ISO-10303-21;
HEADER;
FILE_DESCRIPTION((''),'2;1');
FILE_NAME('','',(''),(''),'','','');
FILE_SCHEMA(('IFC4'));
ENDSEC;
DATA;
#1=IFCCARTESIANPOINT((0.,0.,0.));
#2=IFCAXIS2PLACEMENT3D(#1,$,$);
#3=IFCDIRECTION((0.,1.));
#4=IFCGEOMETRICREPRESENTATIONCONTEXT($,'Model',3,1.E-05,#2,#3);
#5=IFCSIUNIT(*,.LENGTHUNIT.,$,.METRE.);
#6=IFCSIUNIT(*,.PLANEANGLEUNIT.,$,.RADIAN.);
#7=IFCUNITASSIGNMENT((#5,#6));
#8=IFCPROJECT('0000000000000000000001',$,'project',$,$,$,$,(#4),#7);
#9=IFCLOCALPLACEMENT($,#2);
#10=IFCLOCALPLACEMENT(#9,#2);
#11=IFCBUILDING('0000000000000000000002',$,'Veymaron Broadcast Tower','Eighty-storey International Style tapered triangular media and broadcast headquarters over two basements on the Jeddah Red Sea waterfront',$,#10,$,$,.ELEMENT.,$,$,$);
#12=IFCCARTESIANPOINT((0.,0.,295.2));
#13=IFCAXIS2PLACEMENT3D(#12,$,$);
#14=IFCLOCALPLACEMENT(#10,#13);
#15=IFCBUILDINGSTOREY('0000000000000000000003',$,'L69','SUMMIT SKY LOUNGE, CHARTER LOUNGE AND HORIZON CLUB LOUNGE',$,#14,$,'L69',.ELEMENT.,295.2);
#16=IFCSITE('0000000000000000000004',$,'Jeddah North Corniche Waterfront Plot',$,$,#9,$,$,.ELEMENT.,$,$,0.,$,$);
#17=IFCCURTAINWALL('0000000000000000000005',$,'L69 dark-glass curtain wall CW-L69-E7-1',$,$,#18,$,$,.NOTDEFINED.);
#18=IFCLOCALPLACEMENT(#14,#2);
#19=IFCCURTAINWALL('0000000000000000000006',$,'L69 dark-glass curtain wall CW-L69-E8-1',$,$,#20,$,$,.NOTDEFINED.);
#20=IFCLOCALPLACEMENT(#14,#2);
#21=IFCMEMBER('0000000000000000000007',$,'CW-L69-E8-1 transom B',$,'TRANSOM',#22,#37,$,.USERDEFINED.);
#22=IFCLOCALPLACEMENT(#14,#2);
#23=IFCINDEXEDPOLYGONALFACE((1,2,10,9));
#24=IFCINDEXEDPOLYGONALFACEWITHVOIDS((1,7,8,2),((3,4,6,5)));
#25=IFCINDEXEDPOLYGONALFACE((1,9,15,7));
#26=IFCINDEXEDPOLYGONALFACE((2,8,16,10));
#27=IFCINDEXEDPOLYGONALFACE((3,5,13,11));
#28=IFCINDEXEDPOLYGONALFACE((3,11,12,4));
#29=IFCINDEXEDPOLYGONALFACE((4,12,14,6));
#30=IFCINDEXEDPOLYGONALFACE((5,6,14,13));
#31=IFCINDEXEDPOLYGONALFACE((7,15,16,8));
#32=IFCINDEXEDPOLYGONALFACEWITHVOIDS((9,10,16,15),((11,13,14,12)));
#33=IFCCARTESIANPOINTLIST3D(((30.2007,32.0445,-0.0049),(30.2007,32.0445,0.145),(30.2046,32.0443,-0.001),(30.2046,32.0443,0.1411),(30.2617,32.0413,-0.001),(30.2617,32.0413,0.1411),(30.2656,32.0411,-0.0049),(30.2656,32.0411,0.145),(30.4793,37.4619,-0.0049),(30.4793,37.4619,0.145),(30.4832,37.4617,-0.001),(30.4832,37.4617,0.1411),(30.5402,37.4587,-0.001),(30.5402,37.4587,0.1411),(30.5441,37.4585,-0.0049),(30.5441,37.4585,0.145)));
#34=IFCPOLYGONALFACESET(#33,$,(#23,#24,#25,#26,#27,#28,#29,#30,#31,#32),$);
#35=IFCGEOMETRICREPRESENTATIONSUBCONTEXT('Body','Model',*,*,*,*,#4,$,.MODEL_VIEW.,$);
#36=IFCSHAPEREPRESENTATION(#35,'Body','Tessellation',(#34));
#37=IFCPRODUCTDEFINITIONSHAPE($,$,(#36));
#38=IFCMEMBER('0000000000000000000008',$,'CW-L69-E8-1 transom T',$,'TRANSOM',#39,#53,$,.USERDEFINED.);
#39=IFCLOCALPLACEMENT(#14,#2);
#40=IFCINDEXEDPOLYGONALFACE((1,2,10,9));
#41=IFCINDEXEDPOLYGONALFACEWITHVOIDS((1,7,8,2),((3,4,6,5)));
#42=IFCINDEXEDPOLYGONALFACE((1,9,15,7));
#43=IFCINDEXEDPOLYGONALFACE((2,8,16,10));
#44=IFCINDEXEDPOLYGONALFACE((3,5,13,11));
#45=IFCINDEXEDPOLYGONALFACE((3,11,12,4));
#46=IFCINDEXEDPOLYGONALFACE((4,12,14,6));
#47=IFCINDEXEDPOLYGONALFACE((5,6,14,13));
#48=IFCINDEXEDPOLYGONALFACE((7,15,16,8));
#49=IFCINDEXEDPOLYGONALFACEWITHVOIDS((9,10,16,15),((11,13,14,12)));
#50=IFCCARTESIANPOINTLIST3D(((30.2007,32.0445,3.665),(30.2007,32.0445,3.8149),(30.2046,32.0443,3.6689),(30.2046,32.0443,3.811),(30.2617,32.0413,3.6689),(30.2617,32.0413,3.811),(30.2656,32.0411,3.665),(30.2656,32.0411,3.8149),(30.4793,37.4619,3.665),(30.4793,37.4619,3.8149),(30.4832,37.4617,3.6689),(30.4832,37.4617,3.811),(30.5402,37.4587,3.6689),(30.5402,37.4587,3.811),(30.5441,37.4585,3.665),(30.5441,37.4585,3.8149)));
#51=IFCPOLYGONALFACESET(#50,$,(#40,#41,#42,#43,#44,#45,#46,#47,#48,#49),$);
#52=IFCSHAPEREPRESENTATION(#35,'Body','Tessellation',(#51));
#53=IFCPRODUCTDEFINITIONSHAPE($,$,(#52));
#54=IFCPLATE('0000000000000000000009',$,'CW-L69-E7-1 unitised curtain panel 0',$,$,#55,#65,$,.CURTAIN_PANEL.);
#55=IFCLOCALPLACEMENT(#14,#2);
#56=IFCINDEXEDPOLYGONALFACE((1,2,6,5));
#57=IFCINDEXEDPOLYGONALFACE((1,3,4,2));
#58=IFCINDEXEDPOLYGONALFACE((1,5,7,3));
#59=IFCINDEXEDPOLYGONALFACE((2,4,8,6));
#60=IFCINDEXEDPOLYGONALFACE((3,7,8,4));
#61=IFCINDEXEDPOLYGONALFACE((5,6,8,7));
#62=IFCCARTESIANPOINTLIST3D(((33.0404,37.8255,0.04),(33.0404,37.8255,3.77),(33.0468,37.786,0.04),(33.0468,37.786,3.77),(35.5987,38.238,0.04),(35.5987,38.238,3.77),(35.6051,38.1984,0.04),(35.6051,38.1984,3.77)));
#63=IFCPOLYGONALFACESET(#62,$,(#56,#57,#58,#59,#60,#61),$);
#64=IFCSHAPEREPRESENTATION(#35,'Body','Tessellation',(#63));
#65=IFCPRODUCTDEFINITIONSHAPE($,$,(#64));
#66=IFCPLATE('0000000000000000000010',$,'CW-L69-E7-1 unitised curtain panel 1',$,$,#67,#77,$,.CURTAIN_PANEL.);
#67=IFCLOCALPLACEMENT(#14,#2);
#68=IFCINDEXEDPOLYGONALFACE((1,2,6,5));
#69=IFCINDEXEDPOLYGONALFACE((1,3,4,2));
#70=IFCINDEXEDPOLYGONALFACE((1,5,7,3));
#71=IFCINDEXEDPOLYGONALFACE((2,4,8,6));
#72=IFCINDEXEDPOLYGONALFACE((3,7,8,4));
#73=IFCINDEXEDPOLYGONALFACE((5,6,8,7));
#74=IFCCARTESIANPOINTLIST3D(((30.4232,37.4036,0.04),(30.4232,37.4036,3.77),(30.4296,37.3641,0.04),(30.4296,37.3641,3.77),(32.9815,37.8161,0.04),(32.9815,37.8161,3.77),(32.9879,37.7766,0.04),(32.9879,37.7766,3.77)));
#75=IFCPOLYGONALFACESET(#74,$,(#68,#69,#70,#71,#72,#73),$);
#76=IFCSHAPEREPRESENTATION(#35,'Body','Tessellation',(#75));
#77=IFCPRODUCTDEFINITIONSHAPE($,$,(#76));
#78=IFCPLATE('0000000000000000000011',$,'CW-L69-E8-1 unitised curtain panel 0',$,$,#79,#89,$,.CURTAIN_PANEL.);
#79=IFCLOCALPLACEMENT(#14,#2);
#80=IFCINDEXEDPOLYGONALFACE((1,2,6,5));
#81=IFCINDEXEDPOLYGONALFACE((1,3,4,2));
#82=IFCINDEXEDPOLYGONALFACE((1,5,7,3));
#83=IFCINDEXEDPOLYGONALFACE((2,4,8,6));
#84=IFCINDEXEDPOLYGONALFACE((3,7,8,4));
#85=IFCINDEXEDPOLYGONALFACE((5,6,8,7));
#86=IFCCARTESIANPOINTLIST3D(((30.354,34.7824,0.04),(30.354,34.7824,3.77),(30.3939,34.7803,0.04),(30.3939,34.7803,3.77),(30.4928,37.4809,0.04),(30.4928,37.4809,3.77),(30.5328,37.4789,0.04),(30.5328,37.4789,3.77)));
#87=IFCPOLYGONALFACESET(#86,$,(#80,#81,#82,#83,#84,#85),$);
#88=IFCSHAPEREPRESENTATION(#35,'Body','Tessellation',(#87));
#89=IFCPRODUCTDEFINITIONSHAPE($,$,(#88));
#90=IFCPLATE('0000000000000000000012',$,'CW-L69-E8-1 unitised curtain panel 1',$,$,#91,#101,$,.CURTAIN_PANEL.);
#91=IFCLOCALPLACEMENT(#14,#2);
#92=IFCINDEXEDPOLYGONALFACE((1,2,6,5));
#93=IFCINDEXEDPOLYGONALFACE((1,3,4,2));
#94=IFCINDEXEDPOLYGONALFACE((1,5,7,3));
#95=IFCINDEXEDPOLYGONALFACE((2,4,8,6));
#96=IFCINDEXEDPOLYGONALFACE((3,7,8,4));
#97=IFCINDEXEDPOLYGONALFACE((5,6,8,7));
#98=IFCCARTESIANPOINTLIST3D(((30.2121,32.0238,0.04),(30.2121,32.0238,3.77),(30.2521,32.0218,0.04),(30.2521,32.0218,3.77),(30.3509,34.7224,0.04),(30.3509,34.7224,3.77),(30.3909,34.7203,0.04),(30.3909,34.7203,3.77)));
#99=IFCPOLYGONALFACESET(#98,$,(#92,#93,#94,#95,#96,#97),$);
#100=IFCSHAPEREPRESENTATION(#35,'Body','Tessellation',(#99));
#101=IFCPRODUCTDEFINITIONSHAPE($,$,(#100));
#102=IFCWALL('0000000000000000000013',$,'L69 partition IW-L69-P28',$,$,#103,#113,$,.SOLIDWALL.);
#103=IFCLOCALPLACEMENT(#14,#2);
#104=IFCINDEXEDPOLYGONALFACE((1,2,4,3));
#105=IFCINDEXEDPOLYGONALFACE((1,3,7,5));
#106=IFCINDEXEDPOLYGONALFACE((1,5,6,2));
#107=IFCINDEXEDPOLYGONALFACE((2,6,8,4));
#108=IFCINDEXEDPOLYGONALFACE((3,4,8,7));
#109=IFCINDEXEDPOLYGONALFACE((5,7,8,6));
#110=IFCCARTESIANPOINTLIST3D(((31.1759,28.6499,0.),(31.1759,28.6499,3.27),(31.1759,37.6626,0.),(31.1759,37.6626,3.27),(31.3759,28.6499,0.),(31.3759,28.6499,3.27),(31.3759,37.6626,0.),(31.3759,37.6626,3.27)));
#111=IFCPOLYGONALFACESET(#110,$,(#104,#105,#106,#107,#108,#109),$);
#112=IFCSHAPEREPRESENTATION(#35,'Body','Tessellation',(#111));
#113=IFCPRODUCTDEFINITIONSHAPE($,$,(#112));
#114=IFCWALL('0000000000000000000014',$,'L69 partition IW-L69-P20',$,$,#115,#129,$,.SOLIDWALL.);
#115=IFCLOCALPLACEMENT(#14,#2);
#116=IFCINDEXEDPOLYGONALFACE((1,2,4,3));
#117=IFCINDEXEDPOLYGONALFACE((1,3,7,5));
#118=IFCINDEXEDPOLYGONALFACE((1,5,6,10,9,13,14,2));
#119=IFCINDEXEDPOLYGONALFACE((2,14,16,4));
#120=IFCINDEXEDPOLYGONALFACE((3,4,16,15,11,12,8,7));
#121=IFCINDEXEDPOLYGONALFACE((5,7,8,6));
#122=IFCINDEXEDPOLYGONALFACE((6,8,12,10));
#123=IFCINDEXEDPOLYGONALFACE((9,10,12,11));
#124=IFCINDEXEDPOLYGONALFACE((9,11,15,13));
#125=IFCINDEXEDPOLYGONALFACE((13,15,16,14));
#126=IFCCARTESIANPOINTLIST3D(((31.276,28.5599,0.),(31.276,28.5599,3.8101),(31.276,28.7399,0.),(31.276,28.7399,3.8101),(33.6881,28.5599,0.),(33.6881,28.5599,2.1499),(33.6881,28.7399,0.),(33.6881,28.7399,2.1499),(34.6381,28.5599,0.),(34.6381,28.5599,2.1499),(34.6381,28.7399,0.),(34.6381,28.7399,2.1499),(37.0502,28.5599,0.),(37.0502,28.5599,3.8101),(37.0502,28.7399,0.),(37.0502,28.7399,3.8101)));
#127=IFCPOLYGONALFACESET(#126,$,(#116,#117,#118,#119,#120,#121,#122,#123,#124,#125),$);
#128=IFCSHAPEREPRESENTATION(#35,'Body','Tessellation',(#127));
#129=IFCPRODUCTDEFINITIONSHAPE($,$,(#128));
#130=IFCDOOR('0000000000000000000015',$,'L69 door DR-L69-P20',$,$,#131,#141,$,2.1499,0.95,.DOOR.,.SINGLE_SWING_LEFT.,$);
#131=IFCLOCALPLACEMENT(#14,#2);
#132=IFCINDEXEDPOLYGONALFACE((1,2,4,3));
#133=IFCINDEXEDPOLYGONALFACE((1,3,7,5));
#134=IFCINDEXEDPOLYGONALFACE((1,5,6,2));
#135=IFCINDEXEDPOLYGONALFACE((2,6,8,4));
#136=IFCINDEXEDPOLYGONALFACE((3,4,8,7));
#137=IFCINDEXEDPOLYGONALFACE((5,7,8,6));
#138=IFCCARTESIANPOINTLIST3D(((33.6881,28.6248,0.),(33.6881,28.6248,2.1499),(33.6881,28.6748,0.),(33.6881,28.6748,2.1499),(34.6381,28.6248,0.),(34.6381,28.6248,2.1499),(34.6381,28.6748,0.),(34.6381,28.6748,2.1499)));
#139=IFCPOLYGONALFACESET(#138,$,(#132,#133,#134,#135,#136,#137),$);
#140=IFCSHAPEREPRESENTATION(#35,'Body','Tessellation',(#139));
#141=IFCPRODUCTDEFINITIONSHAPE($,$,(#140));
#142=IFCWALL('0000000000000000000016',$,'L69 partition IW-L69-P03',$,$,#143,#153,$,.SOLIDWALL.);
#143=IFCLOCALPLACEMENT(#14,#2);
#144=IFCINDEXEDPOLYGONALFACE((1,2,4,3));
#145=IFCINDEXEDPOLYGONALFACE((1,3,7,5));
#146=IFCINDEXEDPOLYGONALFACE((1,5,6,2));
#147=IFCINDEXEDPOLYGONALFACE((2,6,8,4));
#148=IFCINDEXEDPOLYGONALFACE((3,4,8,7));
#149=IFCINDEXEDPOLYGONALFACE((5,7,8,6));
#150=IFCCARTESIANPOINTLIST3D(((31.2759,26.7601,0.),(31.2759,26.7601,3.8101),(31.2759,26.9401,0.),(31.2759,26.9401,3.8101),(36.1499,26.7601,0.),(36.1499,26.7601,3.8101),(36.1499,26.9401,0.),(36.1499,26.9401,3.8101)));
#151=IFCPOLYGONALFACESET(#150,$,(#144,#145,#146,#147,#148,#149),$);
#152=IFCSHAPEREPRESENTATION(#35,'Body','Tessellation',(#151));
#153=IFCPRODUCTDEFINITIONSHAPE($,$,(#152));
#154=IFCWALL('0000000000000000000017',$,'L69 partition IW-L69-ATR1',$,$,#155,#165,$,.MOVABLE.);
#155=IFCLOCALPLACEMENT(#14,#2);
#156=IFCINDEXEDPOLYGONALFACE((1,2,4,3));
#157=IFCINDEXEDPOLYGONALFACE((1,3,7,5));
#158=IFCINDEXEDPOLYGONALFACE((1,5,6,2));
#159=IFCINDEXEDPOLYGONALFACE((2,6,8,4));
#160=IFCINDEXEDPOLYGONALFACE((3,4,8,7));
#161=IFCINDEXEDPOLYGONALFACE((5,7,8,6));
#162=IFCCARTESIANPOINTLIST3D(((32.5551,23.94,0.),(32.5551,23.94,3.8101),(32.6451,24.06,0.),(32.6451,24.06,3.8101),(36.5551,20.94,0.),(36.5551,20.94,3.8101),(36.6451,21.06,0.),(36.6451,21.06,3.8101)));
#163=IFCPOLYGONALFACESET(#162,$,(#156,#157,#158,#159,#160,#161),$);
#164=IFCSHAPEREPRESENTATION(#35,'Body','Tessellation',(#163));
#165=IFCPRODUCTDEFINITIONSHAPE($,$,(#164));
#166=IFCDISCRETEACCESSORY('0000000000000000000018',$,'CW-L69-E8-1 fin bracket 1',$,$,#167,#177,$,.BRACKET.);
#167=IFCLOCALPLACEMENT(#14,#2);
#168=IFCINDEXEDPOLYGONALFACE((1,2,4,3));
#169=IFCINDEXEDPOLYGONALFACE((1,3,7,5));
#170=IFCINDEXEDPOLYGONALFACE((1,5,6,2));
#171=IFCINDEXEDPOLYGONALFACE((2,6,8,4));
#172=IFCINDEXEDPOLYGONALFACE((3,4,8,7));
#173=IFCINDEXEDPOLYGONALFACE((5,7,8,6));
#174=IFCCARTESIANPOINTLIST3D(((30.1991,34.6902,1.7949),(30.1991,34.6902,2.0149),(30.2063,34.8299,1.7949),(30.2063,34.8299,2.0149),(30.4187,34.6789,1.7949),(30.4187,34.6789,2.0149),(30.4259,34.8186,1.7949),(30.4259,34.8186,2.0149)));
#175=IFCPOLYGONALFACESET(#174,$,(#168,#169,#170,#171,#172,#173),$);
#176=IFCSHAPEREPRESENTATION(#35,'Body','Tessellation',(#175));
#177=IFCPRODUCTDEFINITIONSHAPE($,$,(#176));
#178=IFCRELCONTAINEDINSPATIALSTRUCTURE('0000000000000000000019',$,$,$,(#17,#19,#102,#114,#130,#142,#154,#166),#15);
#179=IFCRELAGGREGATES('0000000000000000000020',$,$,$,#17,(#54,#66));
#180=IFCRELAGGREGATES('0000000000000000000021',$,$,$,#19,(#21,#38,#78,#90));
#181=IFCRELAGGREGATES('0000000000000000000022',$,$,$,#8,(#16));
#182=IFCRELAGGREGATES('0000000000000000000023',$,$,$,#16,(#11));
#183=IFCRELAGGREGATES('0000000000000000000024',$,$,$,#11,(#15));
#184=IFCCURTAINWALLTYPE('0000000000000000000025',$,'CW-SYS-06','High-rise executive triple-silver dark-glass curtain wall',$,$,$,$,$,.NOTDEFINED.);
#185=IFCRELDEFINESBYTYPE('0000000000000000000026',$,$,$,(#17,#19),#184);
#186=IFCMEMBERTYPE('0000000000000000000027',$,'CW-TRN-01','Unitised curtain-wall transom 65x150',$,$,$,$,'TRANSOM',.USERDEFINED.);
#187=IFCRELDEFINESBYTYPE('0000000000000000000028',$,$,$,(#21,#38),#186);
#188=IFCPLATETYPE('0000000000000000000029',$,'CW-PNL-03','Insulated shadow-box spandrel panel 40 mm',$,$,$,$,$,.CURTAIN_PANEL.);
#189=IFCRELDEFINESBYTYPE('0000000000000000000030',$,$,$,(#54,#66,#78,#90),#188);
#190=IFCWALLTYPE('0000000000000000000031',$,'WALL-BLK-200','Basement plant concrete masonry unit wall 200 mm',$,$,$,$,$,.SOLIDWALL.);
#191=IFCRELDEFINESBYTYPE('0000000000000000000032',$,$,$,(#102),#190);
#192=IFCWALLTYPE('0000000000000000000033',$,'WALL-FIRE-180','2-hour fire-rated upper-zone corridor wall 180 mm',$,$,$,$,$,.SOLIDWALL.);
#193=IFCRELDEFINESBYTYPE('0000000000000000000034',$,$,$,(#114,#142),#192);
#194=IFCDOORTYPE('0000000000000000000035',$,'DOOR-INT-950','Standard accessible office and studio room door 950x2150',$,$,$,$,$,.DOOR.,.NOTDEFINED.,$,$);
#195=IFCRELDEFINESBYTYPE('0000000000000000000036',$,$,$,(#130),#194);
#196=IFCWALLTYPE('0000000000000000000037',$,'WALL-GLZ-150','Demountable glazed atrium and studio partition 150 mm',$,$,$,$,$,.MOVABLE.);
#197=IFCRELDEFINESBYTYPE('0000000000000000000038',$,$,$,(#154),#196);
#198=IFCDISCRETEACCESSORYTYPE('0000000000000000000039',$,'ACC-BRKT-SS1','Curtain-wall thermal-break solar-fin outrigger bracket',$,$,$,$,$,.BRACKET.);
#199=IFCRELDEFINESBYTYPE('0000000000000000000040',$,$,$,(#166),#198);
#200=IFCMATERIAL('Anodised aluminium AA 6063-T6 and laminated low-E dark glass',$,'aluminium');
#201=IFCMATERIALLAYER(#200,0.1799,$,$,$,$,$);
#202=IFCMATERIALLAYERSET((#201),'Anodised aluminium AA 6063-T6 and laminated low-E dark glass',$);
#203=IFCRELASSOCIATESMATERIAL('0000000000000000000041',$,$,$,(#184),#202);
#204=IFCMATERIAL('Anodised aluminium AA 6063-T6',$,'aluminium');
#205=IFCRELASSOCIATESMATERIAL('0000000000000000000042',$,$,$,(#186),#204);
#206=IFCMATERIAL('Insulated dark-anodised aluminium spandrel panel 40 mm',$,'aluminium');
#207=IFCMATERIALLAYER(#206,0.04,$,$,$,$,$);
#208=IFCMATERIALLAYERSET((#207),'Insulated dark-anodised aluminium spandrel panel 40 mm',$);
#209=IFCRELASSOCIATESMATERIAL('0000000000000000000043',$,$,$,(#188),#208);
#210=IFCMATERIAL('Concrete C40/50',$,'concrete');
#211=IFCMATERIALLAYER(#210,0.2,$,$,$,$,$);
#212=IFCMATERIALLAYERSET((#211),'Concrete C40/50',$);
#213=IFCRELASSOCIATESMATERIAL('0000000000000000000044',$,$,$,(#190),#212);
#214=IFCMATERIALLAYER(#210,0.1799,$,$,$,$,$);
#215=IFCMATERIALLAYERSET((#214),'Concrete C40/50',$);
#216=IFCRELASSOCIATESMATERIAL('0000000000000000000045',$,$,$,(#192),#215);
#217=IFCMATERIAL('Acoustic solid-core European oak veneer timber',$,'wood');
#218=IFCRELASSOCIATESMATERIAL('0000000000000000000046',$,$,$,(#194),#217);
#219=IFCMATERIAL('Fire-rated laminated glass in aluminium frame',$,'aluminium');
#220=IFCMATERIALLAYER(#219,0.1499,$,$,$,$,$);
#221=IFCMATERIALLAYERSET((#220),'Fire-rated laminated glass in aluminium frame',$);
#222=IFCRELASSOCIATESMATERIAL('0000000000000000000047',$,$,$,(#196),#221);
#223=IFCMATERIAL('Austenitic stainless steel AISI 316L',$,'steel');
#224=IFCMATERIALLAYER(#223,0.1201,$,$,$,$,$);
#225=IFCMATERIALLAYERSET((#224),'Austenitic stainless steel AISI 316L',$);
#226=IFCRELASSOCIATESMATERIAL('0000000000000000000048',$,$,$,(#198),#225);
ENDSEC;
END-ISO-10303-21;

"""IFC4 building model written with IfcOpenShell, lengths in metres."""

from ifc_helpers import new_model, si_unit, direction, frame, frame_2d, origin, origin_2d, place, context, subcontext, project, spatial, rectangle, hollow_rectangle, extrude, material, layer, layer_set, material_profile, profile_set, type_object, element, fill, aggregate, save


model = new_model("IFC4")

# Units and contexts
model_context = context("Model", 3, precision=1e-05, world=origin(), true_north=direction((0.0, 1.0)))
body_context = subcontext(model_context, "Body", "Model", "MODEL_VIEW")
ifc_project = project(units=[si_unit("LENGTHUNIT", "METRE"), si_unit("PLANEANGLEUNIT", "RADIAN")], contexts=[model_context])

# Site, building, storey
site_placement = place(None, origin())
site = spatial("IfcSite", under=ifc_project, at=site_placement, Name="Jeddah North Corniche Waterfront Plot", CompositionType="ELEMENT", RefElevation=0.0)
building_placement = place(site_placement, origin())
building = spatial("IfcBuilding", under=site, at=building_placement, Name="Veymaron Broadcast Tower", Description="Eighty-storey International Style tapered triangular media and broadcast headquarters over two basements on the Jeddah Red Sea waterfront", CompositionType="ELEMENT")
storey_placement = place(building_placement, frame((0.0, 0.0, 295.2)))
storey = spatial("IfcBuildingStorey", under=building, at=storey_placement, Name="L69", Description="SUMMIT SKY LOUNGE, CHARTER LOUNGE AND HORIZON CLUB LOUNGE", LongName="L69", CompositionType="ELEMENT", Elevation=295.2)

# Shared definitions
ifc_material_1 = material(Name="Anodised aluminium AA 6063-T6 and laminated low-E dark glass", Category="aluminium")
ifc_layer_1 = layer(ifc_material_1, 0.1799)
ifc_layer_set_1 = layer_set([ifc_layer_1], Name="Anodised aluminium AA 6063-T6 and laminated low-E dark glass")
curtain_wall_type = type_object("IfcCurtainWallType", Name="CW-SYS-06", Description="High-rise executive triple-silver dark-glass curtain wall", PredefinedType="NOTDEFINED", material=ifc_layer_set_1)
ifc_material_2 = material(Name="Anodised aluminium AA 6063-T6", Category="aluminium")

# Curtain walls
curtain_wall_1_placement = place(storey_placement, origin())
curtain_wall_1 = element("IfcCurtainWall", 1, at=curtain_wall_1_placement, inside=storey, type_object=curtain_wall_type, Name="L69 dark-glass curtain wall CW-L69-E7-1", PredefinedType="NOTDEFINED")
curtain_wall_2_placement = place(storey_placement, origin())
curtain_wall_2 = element("IfcCurtainWall", 2, at=curtain_wall_2_placement, inside=storey, type_object=curtain_wall_type, Name="L69 dark-glass curtain wall CW-L69-E8-1", PredefinedType="NOTDEFINED")

# Members
ifc_material_profile_1 = material_profile(ifc_material_2, hollow_rectangle(XDim=0.0649, YDim=0.1499, WallThickness=0.0039, at=origin_2d()), Name="AL150X65X4")
ifc_profile_set_1 = profile_set([ifc_material_profile_1], Name="Anodised aluminium AA 6063-T6")
member_type_1 = type_object("IfcMemberType", Name="CW-TRN-01", Description="Unitised curtain-wall transom 65x150", ElementType="TRANSOM", PredefinedType="USERDEFINED", material=ifc_profile_set_1)
member_1_placement = place(storey_placement, frame((30.5117, 37.4602, 0.0701), z_axis=(-0.051352, -0.998681, 0.0), x_axis=(0.998681, -0.051352, 0.0)))
member_1 = element("IfcMember", 3, at=member_1_placement, type_object=member_type_1, Name="CW-L69-E8-1 transom B", ObjectType="TRANSOM", PredefinedType="USERDEFINED", context=body_context, shape_type="SweptSolid", body=[
    extrude(hollow_rectangle(XDim=0.0649, YDim=0.1499, WallThickness=0.0039, at=origin_2d()), origin(), (0.0, 0.0, 1.0), 5.4246),
])
member_2_placement = place(storey_placement, frame((30.5117, 37.4602, 3.74), z_axis=(-0.051352, -0.998681, 0.0), x_axis=(0.998681, -0.051352, 0.0)))
member_2 = element("IfcMember", 4, at=member_2_placement, type_object=member_type_1, Name="CW-L69-E8-1 transom T", ObjectType="TRANSOM", PredefinedType="USERDEFINED", context=body_context, shape_type="SweptSolid", body=[
    extrude(hollow_rectangle(XDim=0.0649, YDim=0.1499, WallThickness=0.0039, at=origin_2d()), origin(), (0.0, 0.0, 1.0), 5.4246),
])

# Plates
ifc_material_3 = material(Name="Insulated dark-anodised aluminium spandrel panel 40 mm", Category="aluminium")
ifc_layer_2 = layer(ifc_material_3, 0.04)
ifc_layer_set_2 = layer_set([ifc_layer_2], Name="Insulated dark-anodised aluminium spandrel panel 40 mm")
plate_type = type_object("IfcPlateType", Name="CW-PNL-03", Description="Insulated shadow-box spandrel panel 40 mm", PredefinedType="CURTAIN_PANEL", material=ifc_layer_set_2)
plate_1_placement = place(storey_placement, frame((34.3228, 38.012, 0.04), z_axis=(0.0, 0.0, 1.0), x_axis=(-0.98725, -0.159175, 0.0)))
plate_1 = element("IfcPlate", 5, at=plate_1_placement, type_object=plate_type, Name="CW-L69-E7-1 unitised curtain panel 0", PredefinedType="CURTAIN_PANEL", context=body_context, shape_type="SweptSolid", body=[
    extrude(rectangle(XDim=2.5913, YDim=0.04, at=origin_2d()), origin(), (0.0, 0.0, 1.0), 3.73),
])
plate_2_placement = place(storey_placement, frame((31.7056, 37.5901, 0.04), z_axis=(0.0, 0.0, 1.0), x_axis=(-0.98725, -0.159175, 0.0)))
plate_2 = element("IfcPlate", 6, at=plate_2_placement, type_object=plate_type, Name="CW-L69-E7-1 unitised curtain panel 1", PredefinedType="CURTAIN_PANEL", context=body_context, shape_type="SweptSolid", body=[
    extrude(rectangle(XDim=2.5913, YDim=0.04, at=origin_2d()), origin(), (0.0, 0.0, 1.0), 3.73),
])
aggregate(curtain_wall_1, [plate_1, plate_2])
plate_3_placement = place(storey_placement, frame((30.4434, 36.1306, 0.04), z_axis=(0.0, 0.0, 1.0), x_axis=(-0.051377, -0.998679, 0.0)))
plate_3 = element("IfcPlate", 7, at=plate_3_placement, type_object=plate_type, Name="CW-L69-E8-1 unitised curtain panel 0", PredefinedType="CURTAIN_PANEL", context=body_context, shape_type="SweptSolid", body=[
    extrude(rectangle(XDim=2.7021, YDim=0.04, at=origin_2d()), origin(), (0.0, 0.0, 1.0), 3.73),
])
plate_4_placement = place(storey_placement, frame((30.3015, 33.3721, 0.04), z_axis=(0.0, 0.0, 1.0), x_axis=(-0.051377, -0.998679, 0.0)))
plate_4 = element("IfcPlate", 8, at=plate_4_placement, type_object=plate_type, Name="CW-L69-E8-1 unitised curtain panel 1", PredefinedType="CURTAIN_PANEL", context=body_context, shape_type="SweptSolid", body=[
    extrude(rectangle(XDim=2.7021, YDim=0.04, at=origin_2d()), origin(), (0.0, 0.0, 1.0), 3.73),
])
aggregate(curtain_wall_2, [member_1, member_2, plate_3, plate_4])

# Wall
ifc_material_4 = material(Name="Concrete C40/50", Category="concrete")
ifc_layer_3 = layer(ifc_material_4, 0.2)
ifc_layer_set_3 = layer_set([ifc_layer_3], Name="Concrete C40/50")
wall_type_1 = type_object("IfcWallType", Name="WALL-BLK-200", Description="Basement plant concrete masonry unit wall 200 mm", PredefinedType="SOLIDWALL", material=ifc_layer_set_3)
wall_1_placement = place(storey_placement, frame((31.2759, 28.6499, 0.0), z_axis=(0.0, 0.0, 1.0), x_axis=(0.0, 1.0, 0.0)))
element("IfcWall", 9, at=wall_1_placement, inside=storey, type_object=wall_type_1, Name="L69 partition IW-L69-P28", PredefinedType="SOLIDWALL", context=body_context, shape_type="SweptSolid", body=[
    extrude(rectangle(XDim=9.0127, YDim=0.2, at=frame_2d((4.5063, 0.0))), origin(), (0.0, 0.0, 1.0), 3.27),
])

# Wall, opening, door
ifc_layer_4 = layer(ifc_material_4, 0.1799)
ifc_layer_set_4 = layer_set([ifc_layer_4], Name="Concrete C40/50")
wall_type_2 = type_object("IfcWallType", Name="WALL-FIRE-180", Description="2-hour fire-rated upper-zone corridor wall 180 mm", PredefinedType="SOLIDWALL", material=ifc_layer_set_4)
wall_2_placement = place(storey_placement, frame((31.2759, 28.6499, 0.0), z_axis=(0.0, 0.0, 1.0), x_axis=(1.0, 0.0, 0.0)))
wall_2 = element("IfcWall", 10, at=wall_2_placement, inside=storey, type_object=wall_type_2, Name="L69 partition IW-L69-P20", PredefinedType="SOLIDWALL", context=body_context, shape_type="SweptSolid", body=[
    extrude(rectangle(XDim=5.7742, YDim=0.1799, at=frame_2d((2.8872, 0.0))), origin(), (0.0, 0.0, 1.0), 3.8101),
])
opening_placement = place(wall_2_placement, frame((2.4121, 0.0, 0.0)))
opening = element("IfcOpeningElement", 11, at=opening_placement, cuts=wall_2, PredefinedType="OPENING", context=body_context, shape_type="SweptSolid", body=[
    extrude(rectangle(XDim=0.95, YDim=2.1499, at=frame_2d((0.4751, 1.075))), frame((0.0, 0.1001, 0.0), z_axis=(0.0, -1.0, 0.0), x_axis=(1.0, 0.0, 0.0)), (0.0, 0.0, 1.0), 0.2),
])
ifc_material_5 = material(Name="Acoustic solid-core European oak veneer timber", Category="wood")
door_type = type_object("IfcDoorType", Name="DOOR-INT-950", Description="Standard accessible office and studio room door 950x2150", OperationType="NOTDEFINED", PredefinedType="DOOR", material=ifc_material_5)
door_placement = place(opening_placement, origin())
door = element("IfcDoor", 12, at=door_placement, inside=storey, type_object=door_type, Name="L69 door DR-L69-P20", OperationType="SINGLE_SWING_LEFT", OverallHeight=2.1499, OverallWidth=0.95, PredefinedType="DOOR", context=body_context, shape_type="SweptSolid", body=[
    extrude(rectangle(XDim=0.95, YDim=2.1499, at=frame_2d((0.4751, 1.075))), frame((0.0, 0.0249, 0.0), z_axis=(0.0, -1.0, 0.0), x_axis=(1.0, 0.0, 0.0)), (0.0, 0.0, 1.0), 0.05),
])
fill(opening, door)

# Walls
wall_3_placement = place(storey_placement, frame((31.2759, 26.8501, 0.0), z_axis=(0.0, 0.0, 1.0), x_axis=(1.0, 0.0, 0.0)))
element("IfcWall", 13, at=wall_3_placement, inside=storey, type_object=wall_type_2, Name="L69 partition IW-L69-P03", PredefinedType="SOLIDWALL", context=body_context, shape_type="SweptSolid", body=[
    extrude(rectangle(XDim=4.874, YDim=0.1799, at=frame_2d((2.437, 0.0))), origin(), (0.0, 0.0, 1.0), 3.8101),
])
ifc_material_6 = material(Name="Fire-rated laminated glass in aluminium frame", Category="aluminium")
ifc_layer_5 = layer(ifc_material_6, 0.1499)
ifc_layer_set_5 = layer_set([ifc_layer_5], Name="Fire-rated laminated glass in aluminium frame")
wall_type_3 = type_object("IfcWallType", Name="WALL-GLZ-150", Description="Demountable glazed atrium and studio partition 150 mm", PredefinedType="MOVABLE", material=ifc_layer_set_5)
wall_4_placement = place(storey_placement, frame((32.6001, 24.0, 0.0), z_axis=(0.0, 0.0, 1.0), x_axis=(0.8, -0.6, 0.0)))
element("IfcWall", 14, at=wall_4_placement, inside=storey, type_object=wall_type_3, Name="L69 partition IW-L69-ATR1", PredefinedType="MOVABLE", context=body_context, shape_type="SweptSolid", body=[
    extrude(rectangle(XDim=5.0, YDim=0.1499, at=frame_2d((2.5, 0.0))), origin(), (0.0, 0.0, 1.0), 3.8101),
])

# Discrete accessory
ifc_material_7 = material(Name="Austenitic stainless steel AISI 316L", Category="steel")
ifc_layer_6 = layer(ifc_material_7, 0.1201)
ifc_layer_set_6 = layer_set([ifc_layer_6], Name="Austenitic stainless steel AISI 316L")
discrete_accessory_type = type_object("IfcDiscreteAccessoryType", Name="ACC-BRKT-SS1", Description="Curtain-wall thermal-break solar-fin outrigger bracket", PredefinedType="BRACKET", material=ifc_layer_set_6)
discrete_accessory_placement = place(storey_placement, frame((30.3125, 34.7544, 1.7949), z_axis=(0.0, 0.0, 1.0), x_axis=(-0.998679, 0.051377, 0.0)))
element("IfcDiscreteAccessory", 15, at=discrete_accessory_placement, inside=storey, type_object=discrete_accessory_type, Name="CW-L69-E8-1 fin bracket 1", PredefinedType="BRACKET", context=body_context, shape_type="SweptSolid", body=[
    extrude(rectangle(XDim=0.22, YDim=0.1399, at=origin_2d()), origin(), (0.0, 0.0, 1.0), 0.22),
])

save(model, "model.ifc")
